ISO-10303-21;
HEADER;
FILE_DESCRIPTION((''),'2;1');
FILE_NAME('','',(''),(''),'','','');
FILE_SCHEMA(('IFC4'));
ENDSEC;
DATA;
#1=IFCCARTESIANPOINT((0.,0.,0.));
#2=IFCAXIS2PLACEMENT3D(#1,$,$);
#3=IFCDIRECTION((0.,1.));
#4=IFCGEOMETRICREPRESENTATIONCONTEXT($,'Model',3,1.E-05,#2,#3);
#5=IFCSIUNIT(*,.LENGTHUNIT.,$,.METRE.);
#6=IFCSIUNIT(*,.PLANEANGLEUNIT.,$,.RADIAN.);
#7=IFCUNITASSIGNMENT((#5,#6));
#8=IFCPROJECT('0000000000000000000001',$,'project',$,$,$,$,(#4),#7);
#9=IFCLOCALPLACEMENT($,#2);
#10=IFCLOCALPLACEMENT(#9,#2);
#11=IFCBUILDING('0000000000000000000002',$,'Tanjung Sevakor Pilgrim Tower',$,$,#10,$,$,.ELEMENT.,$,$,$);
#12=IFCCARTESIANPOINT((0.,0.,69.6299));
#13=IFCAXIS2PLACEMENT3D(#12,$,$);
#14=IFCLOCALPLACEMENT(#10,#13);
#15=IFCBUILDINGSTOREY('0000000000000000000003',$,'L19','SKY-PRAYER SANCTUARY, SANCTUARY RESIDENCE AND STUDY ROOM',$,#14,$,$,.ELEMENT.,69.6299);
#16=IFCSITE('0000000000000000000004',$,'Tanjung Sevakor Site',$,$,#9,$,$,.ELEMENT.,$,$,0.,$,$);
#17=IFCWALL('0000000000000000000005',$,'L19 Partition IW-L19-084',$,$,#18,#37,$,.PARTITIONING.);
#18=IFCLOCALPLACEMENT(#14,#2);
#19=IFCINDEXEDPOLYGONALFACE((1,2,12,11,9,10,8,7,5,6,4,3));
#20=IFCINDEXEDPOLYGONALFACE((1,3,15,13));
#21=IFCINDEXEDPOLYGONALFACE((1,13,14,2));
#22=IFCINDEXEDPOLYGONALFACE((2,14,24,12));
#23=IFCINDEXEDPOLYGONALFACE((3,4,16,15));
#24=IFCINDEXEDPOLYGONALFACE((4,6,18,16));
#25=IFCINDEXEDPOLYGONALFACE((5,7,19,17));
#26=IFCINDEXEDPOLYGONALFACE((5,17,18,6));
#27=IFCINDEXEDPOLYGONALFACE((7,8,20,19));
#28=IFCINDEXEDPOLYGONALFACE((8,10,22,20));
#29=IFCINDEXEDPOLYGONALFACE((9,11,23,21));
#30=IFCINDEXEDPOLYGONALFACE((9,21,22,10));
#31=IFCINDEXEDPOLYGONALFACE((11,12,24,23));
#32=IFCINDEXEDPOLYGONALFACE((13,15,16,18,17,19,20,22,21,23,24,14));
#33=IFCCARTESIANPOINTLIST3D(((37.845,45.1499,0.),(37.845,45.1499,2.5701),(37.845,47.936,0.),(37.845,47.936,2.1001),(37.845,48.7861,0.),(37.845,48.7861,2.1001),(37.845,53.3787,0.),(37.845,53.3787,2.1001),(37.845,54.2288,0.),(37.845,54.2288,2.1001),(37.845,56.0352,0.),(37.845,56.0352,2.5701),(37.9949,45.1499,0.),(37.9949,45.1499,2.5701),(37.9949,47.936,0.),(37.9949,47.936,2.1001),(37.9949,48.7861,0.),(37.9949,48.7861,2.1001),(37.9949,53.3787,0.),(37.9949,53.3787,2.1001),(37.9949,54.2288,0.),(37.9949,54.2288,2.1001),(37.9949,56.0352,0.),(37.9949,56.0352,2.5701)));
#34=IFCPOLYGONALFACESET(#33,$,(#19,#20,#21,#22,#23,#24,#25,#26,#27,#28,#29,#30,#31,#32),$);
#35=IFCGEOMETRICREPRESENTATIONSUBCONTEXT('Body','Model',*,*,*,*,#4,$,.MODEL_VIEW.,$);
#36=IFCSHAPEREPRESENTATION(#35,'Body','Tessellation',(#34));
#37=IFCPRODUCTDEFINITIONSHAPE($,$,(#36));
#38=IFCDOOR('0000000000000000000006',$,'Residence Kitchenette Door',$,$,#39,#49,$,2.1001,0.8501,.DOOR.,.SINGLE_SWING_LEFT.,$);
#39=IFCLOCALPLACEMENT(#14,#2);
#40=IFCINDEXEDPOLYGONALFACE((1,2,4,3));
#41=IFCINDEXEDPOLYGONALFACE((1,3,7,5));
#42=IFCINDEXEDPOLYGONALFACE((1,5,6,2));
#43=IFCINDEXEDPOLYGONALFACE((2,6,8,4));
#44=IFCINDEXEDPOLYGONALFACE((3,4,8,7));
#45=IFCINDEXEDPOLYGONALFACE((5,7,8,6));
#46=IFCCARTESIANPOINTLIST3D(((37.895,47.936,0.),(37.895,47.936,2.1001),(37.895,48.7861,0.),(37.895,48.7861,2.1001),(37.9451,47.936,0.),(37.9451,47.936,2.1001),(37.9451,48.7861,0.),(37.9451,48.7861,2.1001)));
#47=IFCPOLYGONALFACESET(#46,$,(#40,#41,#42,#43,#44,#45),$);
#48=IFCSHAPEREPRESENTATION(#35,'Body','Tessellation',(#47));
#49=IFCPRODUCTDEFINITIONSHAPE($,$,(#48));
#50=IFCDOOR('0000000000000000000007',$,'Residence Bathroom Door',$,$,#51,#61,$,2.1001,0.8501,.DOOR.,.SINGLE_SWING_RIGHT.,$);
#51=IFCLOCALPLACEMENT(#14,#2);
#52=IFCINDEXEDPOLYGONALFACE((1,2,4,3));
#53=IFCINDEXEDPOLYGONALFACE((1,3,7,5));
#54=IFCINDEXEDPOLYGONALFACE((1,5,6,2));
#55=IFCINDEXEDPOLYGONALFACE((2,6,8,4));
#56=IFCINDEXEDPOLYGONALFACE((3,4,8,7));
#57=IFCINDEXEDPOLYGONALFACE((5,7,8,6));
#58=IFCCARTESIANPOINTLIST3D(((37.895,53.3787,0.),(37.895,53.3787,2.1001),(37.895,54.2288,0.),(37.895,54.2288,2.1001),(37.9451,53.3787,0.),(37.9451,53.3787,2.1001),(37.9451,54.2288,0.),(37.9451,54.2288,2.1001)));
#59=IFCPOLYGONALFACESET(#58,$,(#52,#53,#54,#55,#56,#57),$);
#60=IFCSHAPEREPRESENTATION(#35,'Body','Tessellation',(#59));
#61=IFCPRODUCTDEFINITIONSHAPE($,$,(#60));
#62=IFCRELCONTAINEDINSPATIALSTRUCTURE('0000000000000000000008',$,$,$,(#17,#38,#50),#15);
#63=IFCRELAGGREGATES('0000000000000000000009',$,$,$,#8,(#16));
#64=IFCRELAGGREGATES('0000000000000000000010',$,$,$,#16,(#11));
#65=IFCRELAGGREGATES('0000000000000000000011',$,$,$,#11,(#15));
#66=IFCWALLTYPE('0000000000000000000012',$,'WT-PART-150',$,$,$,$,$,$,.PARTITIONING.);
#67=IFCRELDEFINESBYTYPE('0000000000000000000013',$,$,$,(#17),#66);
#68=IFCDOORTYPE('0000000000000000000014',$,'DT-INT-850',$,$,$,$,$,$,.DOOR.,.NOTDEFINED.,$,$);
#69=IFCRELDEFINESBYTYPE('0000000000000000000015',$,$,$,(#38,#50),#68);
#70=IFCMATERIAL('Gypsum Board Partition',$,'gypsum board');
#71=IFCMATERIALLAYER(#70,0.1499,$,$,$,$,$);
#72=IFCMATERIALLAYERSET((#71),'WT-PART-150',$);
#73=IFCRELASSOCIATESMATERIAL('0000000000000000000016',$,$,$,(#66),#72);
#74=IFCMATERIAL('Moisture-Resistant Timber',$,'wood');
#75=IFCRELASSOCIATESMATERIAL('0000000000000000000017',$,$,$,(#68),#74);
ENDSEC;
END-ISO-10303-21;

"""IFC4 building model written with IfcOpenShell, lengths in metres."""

from ifc_helpers import new_model, si_unit, direction, frame, frame_2d, origin, place, context, subcontext, project, spatial, rectangle, extrude, material, layer, layer_set, type_object, element, fill, save


model = new_model("IFC4")

# Units and contexts
model_context = context("Model", 3, precision=1e-05, world=origin(), true_north=direction((0.0, 1.0)))
body_context = subcontext(model_context, "Body", "Model", "MODEL_VIEW")
ifc_project = project(units=[si_unit("LENGTHUNIT", "METRE"), si_unit("PLANEANGLEUNIT", "RADIAN")], contexts=[model_context])

# Site, building, storey
site_placement = place(None, origin())
site = spatial("IfcSite", under=ifc_project, at=site_placement, Name="Tanjung Sevakor Site", CompositionType="ELEMENT", RefElevation=0.0)
building_placement = place(site_placement, origin())
building = spatial("IfcBuilding", under=site, at=building_placement, Name="Tanjung Sevakor Pilgrim Tower", CompositionType="ELEMENT")
storey_placement = place(building_placement, frame((0.0, 0.0, 69.6299)))
storey = spatial("IfcBuildingStorey", under=building, at=storey_placement, Name="L19", Description="SKY-PRAYER SANCTUARY, SANCTUARY RESIDENCE AND STUDY ROOM", CompositionType="ELEMENT", Elevation=69.6299)

# Wall, openings, doors
ifc_material_1 = material(Name="Gypsum Board Partition", Category="gypsum board")
ifc_layer_1 = layer(ifc_material_1, 0.1499)
ifc_layer_set_1 = layer_set([ifc_layer_1], Name="WT-PART-150")
wall_type_1 = type_object("IfcWallType", Name="WT-PART-150", PredefinedType="PARTITIONING", material=ifc_layer_set_1)
wall_1_placement = place(storey_placement, frame((37.9199, 45.1499, 0.0), z_axis=(0.0, 0.0, 1.0), x_axis=(0.0, 1.0, 0.0)))
wall_1 = element("IfcWall", 1, at=wall_1_placement, inside=storey, type_object=wall_type_1, Name="L19 Partition IW-L19-084", PredefinedType="PARTITIONING", context=body_context, shape_type="SweptSolid", body=[
    extrude(rectangle(XDim=10.8853, YDim=0.1499, at=frame_2d((5.4426, 0.0))), origin(), (0.0, 0.0, 1.0), 2.5701),
])
opening_1_placement = place(wall_1_placement, frame((2.7861, 0.0, 0.0)))
opening_1 = element("IfcOpeningElement", 2, at=opening_1_placement, cuts=wall_1, PredefinedType="OPENING", context=body_context, shape_type="SweptSolid", body=[
    extrude(rectangle(XDim=0.8501, YDim=2.1001, at=frame_2d((0.425, 1.05))), frame((0.0, 0.085, 0.0), z_axis=(0.0, -1.0, 0.0), x_axis=(1.0, 0.0, 0.0)), (0.0, 0.0, 1.0), 0.1699),
])
opening_2_placement = place(wall_1_placement, frame((8.2288, 0.0, 0.0)))
opening_2 = element("IfcOpeningElement", 3, at=opening_2_placement, cuts=wall_1, PredefinedType="OPENING", context=body_context, shape_type="SweptSolid", body=[
    extrude(rectangle(XDim=0.8501, YDim=2.1001, at=frame_2d((0.425, 1.05))), frame((0.0, 0.085, 0.0), z_axis=(0.0, -1.0, 0.0), x_axis=(1.0, 0.0, 0.0)), (0.0, 0.0, 1.0), 0.1699),
])
ifc_material_2 = material(Name="Moisture-Resistant Timber", Category="wood")
door_type_1 = type_object("IfcDoorType", Name="DT-INT-850", OperationType="NOTDEFINED", PredefinedType="DOOR", material=ifc_material_2)
door_1_placement = place(opening_1_placement, origin())
door_1 = element("IfcDoor", 4, at=door_1_placement, inside=storey, type_object=door_type_1, Name="Residence Kitchenette Door", OperationType="SINGLE_SWING_LEFT", OverallHeight=2.1001, OverallWidth=0.8501, PredefinedType="DOOR", context=body_context, shape_type="SweptSolid", body=[
    extrude(rectangle(XDim=0.8501, YDim=2.1001, at=frame_2d((0.425, 1.05))), frame((0.0, 0.0249, 0.0), z_axis=(0.0, -1.0, 0.0), x_axis=(1.0, 0.0, 0.0)), (0.0, 0.0, 1.0), 0.05),
])
fill(opening_1, door_1)
door_2_placement = place(opening_2_placement, origin())
door_2 = element("IfcDoor", 5, at=door_2_placement, inside=storey, type_object=door_type_1, Name="Residence Bathroom Door", OperationType="SINGLE_SWING_RIGHT", OverallHeight=2.1001, OverallWidth=0.8501, PredefinedType="DOOR", context=body_context, shape_type="SweptSolid", body=[
    extrude(rectangle(XDim=0.8501, YDim=2.1001, at=frame_2d((0.425, 1.05))), frame((0.0, 0.0249, 0.0), z_axis=(0.0, -1.0, 0.0), x_axis=(1.0, 0.0, 0.0)), (0.0, 0.0, 1.0), 0.05),
])
fill(opening_2, door_2)

save(model, "model.ifc")
